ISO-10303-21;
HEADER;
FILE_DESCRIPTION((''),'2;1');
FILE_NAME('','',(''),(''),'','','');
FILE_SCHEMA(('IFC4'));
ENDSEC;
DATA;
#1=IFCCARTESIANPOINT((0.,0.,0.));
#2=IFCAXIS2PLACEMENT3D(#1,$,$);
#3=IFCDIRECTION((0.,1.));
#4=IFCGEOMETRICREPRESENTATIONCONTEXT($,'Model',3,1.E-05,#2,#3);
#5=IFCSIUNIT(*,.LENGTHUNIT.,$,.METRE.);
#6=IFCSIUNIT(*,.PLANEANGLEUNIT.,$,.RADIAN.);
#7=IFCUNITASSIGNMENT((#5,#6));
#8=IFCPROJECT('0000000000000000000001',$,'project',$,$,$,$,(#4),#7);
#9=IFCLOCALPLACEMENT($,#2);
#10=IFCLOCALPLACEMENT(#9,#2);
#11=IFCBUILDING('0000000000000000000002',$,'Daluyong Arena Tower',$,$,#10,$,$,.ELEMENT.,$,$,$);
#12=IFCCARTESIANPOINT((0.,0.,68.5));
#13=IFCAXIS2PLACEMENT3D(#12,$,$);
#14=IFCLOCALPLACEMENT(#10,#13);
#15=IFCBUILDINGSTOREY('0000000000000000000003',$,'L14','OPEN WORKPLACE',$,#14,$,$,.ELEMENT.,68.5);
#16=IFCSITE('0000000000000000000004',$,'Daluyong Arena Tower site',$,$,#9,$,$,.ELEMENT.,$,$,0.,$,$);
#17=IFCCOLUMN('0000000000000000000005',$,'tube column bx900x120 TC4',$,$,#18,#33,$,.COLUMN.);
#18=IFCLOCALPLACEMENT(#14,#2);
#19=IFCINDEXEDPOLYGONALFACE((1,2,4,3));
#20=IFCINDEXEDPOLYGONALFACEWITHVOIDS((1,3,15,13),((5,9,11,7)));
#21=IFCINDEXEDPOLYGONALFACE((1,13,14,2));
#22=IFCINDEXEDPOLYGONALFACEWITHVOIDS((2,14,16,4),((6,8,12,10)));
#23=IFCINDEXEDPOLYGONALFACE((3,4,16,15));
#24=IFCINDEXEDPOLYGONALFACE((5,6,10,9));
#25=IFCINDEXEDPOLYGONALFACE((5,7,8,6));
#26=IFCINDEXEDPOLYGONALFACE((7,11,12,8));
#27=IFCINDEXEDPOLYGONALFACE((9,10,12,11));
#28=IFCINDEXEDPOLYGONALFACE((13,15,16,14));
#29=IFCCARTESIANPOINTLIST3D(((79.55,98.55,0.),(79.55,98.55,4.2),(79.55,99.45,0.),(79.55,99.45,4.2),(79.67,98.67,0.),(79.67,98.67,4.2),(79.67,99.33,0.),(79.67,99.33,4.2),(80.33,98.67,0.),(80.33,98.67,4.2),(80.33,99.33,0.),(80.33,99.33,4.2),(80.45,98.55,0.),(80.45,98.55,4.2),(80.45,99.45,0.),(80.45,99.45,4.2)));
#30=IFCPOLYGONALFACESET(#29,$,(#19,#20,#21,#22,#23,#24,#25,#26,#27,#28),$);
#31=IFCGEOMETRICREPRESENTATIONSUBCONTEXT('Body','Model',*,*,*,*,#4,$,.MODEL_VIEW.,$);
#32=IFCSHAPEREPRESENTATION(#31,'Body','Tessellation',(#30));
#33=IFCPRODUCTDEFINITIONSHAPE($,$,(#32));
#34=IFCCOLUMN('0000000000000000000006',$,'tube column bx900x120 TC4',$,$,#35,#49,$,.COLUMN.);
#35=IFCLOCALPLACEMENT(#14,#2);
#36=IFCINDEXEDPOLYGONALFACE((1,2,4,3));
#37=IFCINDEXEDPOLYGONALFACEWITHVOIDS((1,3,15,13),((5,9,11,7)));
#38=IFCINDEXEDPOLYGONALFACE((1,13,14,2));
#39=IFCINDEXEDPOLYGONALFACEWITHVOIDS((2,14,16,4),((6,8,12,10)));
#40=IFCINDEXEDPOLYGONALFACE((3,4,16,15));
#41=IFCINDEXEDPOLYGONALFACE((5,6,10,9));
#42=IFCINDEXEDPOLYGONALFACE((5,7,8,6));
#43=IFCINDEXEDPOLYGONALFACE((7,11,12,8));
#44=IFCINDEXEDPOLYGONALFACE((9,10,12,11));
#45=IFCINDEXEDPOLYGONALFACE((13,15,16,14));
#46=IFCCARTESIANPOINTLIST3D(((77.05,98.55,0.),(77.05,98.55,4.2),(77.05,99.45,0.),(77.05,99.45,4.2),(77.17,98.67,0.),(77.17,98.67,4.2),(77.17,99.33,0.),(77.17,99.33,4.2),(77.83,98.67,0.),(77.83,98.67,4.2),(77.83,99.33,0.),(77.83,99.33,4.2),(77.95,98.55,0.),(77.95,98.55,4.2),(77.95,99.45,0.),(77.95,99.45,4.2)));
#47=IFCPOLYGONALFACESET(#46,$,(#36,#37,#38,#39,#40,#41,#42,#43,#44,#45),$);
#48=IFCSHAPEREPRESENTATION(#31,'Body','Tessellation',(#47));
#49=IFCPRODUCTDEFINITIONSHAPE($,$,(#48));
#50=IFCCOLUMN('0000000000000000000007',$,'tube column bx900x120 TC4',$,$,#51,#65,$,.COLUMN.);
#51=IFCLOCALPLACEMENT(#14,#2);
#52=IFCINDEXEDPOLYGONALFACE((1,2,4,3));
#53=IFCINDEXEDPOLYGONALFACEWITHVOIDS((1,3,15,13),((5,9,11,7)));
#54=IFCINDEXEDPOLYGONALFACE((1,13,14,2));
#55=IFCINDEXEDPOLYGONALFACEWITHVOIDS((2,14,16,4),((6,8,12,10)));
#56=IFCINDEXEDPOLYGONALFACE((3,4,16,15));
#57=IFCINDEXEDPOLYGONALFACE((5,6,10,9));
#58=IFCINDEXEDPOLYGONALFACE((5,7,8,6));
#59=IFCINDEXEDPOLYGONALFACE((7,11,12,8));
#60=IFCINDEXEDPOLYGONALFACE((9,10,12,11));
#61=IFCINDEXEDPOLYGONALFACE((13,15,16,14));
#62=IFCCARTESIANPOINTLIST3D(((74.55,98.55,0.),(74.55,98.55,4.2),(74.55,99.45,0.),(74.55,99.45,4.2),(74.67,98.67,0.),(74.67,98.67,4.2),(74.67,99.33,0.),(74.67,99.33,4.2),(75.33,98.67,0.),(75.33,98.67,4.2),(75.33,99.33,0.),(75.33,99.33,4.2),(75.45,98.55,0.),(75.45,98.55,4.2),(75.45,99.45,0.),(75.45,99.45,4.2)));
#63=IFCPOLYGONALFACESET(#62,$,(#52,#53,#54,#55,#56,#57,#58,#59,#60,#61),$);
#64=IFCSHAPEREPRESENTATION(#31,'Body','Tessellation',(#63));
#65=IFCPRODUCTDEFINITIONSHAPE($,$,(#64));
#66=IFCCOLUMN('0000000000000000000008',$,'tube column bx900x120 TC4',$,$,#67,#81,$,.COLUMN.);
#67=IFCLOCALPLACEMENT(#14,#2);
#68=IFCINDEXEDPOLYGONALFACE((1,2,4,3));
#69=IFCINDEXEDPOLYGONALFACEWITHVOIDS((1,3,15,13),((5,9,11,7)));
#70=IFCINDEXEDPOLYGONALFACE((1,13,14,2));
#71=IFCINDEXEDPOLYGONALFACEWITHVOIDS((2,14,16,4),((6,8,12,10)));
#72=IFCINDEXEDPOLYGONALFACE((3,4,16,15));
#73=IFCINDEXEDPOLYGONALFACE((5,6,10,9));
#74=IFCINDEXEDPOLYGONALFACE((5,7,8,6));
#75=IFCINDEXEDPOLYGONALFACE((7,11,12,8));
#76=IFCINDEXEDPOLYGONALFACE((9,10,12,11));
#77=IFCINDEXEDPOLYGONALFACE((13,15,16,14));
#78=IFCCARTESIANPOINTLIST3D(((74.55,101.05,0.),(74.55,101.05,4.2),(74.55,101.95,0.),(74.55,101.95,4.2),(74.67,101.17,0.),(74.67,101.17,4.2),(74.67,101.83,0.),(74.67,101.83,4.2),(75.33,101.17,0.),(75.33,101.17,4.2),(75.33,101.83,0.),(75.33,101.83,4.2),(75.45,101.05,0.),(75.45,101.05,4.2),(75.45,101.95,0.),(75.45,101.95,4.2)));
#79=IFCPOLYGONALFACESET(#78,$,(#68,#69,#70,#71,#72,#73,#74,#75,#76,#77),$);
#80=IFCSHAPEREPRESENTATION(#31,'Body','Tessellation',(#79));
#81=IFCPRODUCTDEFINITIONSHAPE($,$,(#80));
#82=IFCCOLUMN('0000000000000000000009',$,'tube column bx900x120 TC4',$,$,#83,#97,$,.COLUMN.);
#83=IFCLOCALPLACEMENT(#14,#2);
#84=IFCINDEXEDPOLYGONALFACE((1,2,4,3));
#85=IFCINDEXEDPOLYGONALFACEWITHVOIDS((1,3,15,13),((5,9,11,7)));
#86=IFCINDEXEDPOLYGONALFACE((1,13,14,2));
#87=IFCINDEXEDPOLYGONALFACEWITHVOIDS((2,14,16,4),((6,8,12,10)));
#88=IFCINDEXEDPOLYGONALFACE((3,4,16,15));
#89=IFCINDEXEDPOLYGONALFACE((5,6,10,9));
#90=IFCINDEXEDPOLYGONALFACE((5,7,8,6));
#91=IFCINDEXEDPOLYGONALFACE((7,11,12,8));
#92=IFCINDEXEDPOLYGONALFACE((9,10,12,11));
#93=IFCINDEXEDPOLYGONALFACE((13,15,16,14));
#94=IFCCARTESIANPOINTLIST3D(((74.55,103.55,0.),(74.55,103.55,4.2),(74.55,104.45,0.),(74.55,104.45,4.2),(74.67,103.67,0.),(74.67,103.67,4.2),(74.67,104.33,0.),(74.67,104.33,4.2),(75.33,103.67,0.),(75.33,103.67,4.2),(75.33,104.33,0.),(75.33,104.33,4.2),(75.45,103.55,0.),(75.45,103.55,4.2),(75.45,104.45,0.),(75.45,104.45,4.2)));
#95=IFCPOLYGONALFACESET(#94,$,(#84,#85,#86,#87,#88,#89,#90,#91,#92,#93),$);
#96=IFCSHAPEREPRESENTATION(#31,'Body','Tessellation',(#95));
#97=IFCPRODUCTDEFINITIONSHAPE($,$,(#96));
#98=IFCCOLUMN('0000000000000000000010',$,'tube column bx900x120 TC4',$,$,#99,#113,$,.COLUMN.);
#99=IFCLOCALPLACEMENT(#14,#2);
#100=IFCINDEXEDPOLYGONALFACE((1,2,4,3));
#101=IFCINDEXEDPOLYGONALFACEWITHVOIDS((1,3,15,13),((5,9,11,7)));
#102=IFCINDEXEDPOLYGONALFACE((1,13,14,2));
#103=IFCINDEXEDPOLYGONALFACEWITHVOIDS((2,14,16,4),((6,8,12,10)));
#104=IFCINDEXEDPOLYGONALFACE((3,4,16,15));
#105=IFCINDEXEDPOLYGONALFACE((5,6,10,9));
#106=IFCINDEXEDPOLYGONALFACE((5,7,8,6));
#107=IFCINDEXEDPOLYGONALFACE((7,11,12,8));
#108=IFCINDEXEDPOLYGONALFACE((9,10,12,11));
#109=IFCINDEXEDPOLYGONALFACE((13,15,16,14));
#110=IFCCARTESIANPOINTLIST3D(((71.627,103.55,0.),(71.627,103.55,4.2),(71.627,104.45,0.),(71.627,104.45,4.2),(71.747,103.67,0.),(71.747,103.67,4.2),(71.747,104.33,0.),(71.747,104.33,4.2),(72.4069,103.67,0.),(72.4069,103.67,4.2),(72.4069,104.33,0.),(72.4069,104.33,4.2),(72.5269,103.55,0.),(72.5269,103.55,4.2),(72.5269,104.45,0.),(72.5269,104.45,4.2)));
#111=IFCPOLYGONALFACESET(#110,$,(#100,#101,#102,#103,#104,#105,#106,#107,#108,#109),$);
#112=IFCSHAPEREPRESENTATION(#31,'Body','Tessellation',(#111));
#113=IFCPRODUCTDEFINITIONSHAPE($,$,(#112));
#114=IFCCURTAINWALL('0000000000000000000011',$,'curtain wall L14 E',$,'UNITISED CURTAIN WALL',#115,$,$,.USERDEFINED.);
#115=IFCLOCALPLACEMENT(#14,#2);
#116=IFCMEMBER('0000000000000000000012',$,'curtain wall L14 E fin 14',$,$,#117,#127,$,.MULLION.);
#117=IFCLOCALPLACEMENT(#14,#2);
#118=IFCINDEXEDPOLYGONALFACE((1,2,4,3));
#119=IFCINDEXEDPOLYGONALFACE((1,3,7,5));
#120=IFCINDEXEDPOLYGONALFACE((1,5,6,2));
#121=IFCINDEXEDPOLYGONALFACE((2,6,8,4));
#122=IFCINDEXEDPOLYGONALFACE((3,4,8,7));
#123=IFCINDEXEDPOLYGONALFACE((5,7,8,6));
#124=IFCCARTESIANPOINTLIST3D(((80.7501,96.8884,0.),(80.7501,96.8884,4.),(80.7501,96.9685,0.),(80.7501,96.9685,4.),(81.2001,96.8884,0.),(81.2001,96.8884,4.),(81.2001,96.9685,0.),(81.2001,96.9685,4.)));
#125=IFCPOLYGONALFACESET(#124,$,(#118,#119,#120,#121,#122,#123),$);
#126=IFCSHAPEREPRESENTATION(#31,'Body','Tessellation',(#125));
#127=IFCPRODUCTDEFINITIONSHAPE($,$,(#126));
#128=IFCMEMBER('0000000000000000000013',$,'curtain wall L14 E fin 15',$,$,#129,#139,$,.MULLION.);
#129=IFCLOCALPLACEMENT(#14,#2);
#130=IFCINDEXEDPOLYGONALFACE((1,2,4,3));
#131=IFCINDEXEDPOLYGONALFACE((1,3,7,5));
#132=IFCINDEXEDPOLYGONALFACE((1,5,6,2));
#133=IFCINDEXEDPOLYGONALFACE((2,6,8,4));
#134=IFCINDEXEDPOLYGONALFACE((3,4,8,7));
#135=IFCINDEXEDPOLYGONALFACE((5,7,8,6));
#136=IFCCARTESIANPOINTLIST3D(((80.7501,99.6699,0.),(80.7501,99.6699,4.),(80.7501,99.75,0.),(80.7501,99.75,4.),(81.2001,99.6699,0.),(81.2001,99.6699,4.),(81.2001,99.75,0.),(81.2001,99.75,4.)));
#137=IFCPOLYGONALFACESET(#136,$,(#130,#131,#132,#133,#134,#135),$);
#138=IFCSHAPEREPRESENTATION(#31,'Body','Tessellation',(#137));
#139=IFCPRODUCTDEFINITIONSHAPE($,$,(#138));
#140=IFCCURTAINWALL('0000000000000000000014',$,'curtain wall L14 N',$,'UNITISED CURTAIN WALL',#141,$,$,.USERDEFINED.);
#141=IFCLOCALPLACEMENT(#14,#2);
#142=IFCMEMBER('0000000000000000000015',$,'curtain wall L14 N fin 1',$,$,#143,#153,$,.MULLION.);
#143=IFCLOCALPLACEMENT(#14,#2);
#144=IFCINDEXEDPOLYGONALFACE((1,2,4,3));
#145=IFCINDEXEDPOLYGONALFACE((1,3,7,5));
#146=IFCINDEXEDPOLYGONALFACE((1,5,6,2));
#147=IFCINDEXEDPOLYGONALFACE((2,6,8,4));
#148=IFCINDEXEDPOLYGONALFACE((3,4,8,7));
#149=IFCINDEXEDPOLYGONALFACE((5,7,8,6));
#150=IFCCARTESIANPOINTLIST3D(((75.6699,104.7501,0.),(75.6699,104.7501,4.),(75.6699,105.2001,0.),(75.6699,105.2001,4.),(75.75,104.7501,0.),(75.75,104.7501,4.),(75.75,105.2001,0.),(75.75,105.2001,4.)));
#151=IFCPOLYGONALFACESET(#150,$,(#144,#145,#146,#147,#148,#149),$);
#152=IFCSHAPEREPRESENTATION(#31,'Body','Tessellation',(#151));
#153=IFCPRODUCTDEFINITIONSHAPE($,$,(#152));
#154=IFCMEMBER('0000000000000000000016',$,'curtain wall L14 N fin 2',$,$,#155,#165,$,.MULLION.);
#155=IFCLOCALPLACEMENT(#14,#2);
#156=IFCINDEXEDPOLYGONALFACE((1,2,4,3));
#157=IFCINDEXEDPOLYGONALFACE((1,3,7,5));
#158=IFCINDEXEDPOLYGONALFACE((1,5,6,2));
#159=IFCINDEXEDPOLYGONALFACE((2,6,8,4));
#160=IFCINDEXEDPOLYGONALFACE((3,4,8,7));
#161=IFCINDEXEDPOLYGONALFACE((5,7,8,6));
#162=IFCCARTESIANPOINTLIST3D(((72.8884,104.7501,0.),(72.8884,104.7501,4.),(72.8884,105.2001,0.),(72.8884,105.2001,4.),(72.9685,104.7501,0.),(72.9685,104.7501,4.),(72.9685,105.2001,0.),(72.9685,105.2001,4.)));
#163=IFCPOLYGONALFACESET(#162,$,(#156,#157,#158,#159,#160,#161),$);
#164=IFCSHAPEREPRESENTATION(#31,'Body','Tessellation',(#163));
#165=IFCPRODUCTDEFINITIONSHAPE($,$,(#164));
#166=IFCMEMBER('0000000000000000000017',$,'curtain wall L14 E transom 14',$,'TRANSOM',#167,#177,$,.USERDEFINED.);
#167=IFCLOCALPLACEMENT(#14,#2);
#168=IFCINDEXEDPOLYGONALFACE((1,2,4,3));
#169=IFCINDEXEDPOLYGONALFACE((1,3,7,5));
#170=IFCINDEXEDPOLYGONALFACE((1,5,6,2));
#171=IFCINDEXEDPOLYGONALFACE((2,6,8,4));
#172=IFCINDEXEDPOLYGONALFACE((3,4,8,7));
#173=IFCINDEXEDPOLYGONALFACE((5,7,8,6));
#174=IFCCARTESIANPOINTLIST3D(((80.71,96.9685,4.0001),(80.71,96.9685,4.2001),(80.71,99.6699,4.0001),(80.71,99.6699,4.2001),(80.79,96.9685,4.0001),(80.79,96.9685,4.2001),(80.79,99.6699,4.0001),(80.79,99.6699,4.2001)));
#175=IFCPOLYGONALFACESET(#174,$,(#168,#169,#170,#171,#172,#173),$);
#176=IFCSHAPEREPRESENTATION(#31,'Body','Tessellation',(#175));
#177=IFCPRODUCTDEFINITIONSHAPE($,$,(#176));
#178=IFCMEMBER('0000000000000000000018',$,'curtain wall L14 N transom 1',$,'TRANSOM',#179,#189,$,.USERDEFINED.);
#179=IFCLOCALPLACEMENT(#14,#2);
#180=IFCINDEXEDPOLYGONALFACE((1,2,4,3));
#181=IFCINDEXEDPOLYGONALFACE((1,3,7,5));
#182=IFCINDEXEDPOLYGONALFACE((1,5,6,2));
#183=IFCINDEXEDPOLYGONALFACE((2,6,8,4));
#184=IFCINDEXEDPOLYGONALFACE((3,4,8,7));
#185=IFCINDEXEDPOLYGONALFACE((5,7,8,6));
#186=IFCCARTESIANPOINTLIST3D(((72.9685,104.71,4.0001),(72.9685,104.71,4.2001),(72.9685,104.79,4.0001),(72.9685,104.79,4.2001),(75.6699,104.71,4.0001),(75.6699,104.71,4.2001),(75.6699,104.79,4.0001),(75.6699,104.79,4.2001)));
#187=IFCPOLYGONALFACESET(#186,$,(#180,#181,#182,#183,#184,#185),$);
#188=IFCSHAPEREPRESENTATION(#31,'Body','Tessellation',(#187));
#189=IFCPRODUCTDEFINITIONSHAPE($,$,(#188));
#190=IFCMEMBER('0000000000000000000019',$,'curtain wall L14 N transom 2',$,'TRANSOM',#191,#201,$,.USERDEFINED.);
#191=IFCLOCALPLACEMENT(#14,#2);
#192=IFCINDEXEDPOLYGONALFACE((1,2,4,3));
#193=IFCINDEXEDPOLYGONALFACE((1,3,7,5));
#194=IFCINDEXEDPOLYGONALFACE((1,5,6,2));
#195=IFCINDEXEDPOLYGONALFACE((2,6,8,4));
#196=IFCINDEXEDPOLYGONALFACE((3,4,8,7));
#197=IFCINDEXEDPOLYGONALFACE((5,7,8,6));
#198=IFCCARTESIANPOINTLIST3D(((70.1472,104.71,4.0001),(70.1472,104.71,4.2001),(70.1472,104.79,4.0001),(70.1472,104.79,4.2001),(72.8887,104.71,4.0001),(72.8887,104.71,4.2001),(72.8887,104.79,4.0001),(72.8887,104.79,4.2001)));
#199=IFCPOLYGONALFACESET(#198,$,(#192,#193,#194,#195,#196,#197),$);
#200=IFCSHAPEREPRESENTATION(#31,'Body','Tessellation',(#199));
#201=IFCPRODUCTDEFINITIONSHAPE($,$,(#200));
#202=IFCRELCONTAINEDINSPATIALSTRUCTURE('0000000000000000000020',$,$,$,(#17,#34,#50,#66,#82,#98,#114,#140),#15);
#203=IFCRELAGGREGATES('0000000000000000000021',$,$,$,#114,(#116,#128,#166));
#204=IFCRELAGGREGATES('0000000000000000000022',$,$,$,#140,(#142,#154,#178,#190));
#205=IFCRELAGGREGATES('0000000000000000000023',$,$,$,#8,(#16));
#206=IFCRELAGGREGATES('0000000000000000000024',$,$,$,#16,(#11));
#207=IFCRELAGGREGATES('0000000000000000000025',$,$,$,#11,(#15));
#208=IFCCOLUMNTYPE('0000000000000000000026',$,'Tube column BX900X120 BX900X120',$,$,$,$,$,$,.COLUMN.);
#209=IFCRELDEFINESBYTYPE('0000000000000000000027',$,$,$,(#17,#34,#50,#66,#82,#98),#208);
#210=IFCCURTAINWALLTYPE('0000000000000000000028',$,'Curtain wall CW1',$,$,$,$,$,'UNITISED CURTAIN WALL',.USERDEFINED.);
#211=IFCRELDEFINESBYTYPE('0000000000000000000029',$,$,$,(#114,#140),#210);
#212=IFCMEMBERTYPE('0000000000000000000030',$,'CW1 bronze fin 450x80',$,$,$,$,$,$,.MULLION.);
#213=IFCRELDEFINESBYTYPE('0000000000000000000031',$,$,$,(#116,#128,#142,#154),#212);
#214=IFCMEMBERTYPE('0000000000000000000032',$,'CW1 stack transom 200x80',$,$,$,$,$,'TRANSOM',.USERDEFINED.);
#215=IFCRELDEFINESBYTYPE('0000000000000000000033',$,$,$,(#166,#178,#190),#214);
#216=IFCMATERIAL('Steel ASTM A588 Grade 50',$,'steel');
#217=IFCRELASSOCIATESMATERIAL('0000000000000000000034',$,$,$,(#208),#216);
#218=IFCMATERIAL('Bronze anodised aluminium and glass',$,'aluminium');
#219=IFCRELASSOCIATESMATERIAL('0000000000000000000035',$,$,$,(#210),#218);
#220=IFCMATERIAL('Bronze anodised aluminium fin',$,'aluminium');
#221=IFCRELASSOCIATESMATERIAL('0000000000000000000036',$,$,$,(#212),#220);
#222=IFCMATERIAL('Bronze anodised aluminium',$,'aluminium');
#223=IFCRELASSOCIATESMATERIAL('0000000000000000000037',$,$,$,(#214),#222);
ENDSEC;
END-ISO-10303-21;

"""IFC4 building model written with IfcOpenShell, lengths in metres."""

from ifc_helpers import new_model, si_unit, direction, frame, origin, origin_2d, place, context, subcontext, project, spatial, rectangle, hollow_rectangle, extrude, material, material_profile, profile_set, type_object, element, aggregate, save


model = new_model("IFC4")

# Units and contexts
model_context = context("Model", 3, precision=1e-05, world=origin(), true_north=direction((0.0, 1.0)))
body_context = subcontext(model_context, "Body", "Model", "MODEL_VIEW")
ifc_project = project(units=[si_unit("LENGTHUNIT", "METRE"), si_unit("PLANEANGLEUNIT", "RADIAN")], contexts=[model_context])

# Site, building, storey
site_placement = place(None, origin())
site = spatial("IfcSite", under=ifc_project, at=site_placement, Name="Daluyong Arena Tower site", CompositionType="ELEMENT", RefElevation=0.0)
building_placement = place(site_placement, origin())
building = spatial("IfcBuilding", under=site, at=building_placement, Name="Daluyong Arena Tower", CompositionType="ELEMENT")
storey_placement = place(building_placement, frame((0.0, 0.0, 68.5)))
storey = spatial("IfcBuildingStorey", under=building, at=storey_placement, Name="L14", Description="OPEN WORKPLACE", CompositionType="ELEMENT", Elevation=68.5)

# Columns
ifc_material_1 = material(Name="Steel ASTM A588 Grade 50", Category="steel")
ifc_material_profile_1 = material_profile(ifc_material_1, hollow_rectangle(XDim=0.8999, YDim=0.8999, WallThickness=0.12, at=origin_2d()))
ifc_profile_set_1 = profile_set([ifc_material_profile_1], Name="Steel ASTM A588 Grade 50")
column_type = type_object("IfcColumnType", Name="Tube column BX900X120 BX900X120", PredefinedType="COLUMN", material=ifc_profile_set_1)
for number, where, z_axis, x_axis, name in (
    (1, (80.0, 99.0, 0.0), (0.0, 0.0, 1.0), (1.0, 0.0, 0.0), "tube column bx900x120 TC4"),
    (2, (77.5, 99.0, 0.0), (0.0, 0.0, 1.0), (1.0, 0.0, 0.0), "tube column bx900x120 TC4"),
    (3, (75.0, 99.0, 0.0), (0.0, 0.0, 1.0), (0.0, 1.0, 0.0), "tube column bx900x120 TC4"),
    (4, (75.0, 101.5, 0.0), (0.0, 0.0, 1.0), (0.0, 1.0, 0.0), "tube column bx900x120 TC4"),
    (5, (75.0, 104.0, 0.0), (0.0, 0.0, 1.0), (1.0, 0.0, 0.0), "tube column bx900x120 TC4"),
    (6, (72.0769, 104.0, 0.0), (0.0, 0.0, 1.0), (1.0, 0.0, 0.0), "tube column bx900x120 TC4"),
):
    element("IfcColumn", number, at=place(storey_placement, frame(where, z_axis=z_axis, x_axis=x_axis)), inside=storey, type_object=column_type, Name=name, PredefinedType="COLUMN", context=body_context, shape_type="SweptSolid", body=[
        extrude(hollow_rectangle(XDim=0.8999, YDim=0.8999, WallThickness=0.12, at=origin_2d()), origin(), (0.0, 0.0, 1.0), 4.2),
    ])

# Curtain walls, members
ifc_material_2 = material(Name="Bronze anodised aluminium and glass", Category="aluminium")
curtain_wall_type_1 = type_object("IfcCurtainWallType", Name="Curtain wall CW1", ElementType="UNITISED CURTAIN WALL", PredefinedType="USERDEFINED", material=ifc_material_2)
curtain_wall_1_placement = place(storey_placement, origin())
curtain_wall_1 = element("IfcCurtainWall", 7, at=curtain_wall_1_placement, inside=storey, type_object=curtain_wall_type_1, Name="curtain wall L14 E", ObjectType="UNITISED CURTAIN WALL", PredefinedType="USERDEFINED")
ifc_material_3 = material(Name="Bronze anodised aluminium fin", Category="aluminium")
ifc_material_profile_2 = material_profile(ifc_material_3, rectangle(XDim=0.45, YDim=0.0801, at=origin_2d()))
ifc_profile_set_2 = profile_set([ifc_material_profile_2], Name="Bronze anodised aluminium fin")
member_type_1 = type_object("IfcMemberType", Name="CW1 bronze fin 450x80", PredefinedType="MULLION", material=ifc_profile_set_2)
member_1_placement = place(storey_placement, frame((80.9751, 96.9285, 0.0), z_axis=(0.0, 0.0, 1.0), x_axis=(-1.0, 0.0, 0.0)))
member_1 = element("IfcMember", 8, at=member_1_placement, type_object=member_type_1, Name="curtain wall L14 E fin 14", PredefinedType="MULLION", context=body_context, shape_type="SweptSolid", body=[
    extrude(rectangle(XDim=0.45, YDim=0.0801, at=origin_2d()), origin(), (0.0, 0.0, 1.0), 4.0),
])
member_2_placement = place(storey_placement, frame((80.9751, 99.71, 0.0), z_axis=(0.0, 0.0, 1.0), x_axis=(-1.0, 0.0, 0.0)))
member_2 = element("IfcMember", 9, at=member_2_placement, type_object=member_type_1, Name="curtain wall L14 E fin 15", PredefinedType="MULLION", context=body_context, shape_type="SweptSolid", body=[
    extrude(rectangle(XDim=0.45, YDim=0.0801, at=origin_2d()), origin(), (0.0, 0.0, 1.0), 4.0),
])
curtain_wall_2_placement = place(storey_placement, origin())
curtain_wall_2 = element("IfcCurtainWall", 10, at=curtain_wall_2_placement, inside=storey, type_object=curtain_wall_type_1, Name="curtain wall L14 N", ObjectType="UNITISED CURTAIN WALL", PredefinedType="USERDEFINED")
member_3_placement = place(storey_placement, frame((75.71, 104.9751, 0.0), z_axis=(0.0, 0.0, 1.0), x_axis=(0.0, -1.0, 0.0)))
member_3 = element("IfcMember", 11, at=member_3_placement, type_object=member_type_1, Name="curtain wall L14 N fin 1", PredefinedType="MULLION", context=body_context, shape_type="SweptSolid", body=[
    extrude(rectangle(XDim=0.45, YDim=0.0801, at=origin_2d()), origin(), (0.0, 0.0, 1.0), 4.0),
])
member_4_placement = place(storey_placement, frame((72.9285, 104.9751, 0.0), z_axis=(0.0, 0.0, 1.0), x_axis=(0.0, -1.0, 0.0)))
member_4 = element("IfcMember", 12, at=member_4_placement, type_object=member_type_1, Name="curtain wall L14 N fin 2", PredefinedType="MULLION", context=body_context, shape_type="SweptSolid", body=[
    extrude(rectangle(XDim=0.45, YDim=0.0801, at=origin_2d()), origin(), (0.0, 0.0, 1.0), 4.0),
])

# Members
ifc_material_4 = material(Name="Bronze anodised aluminium", Category="aluminium")
ifc_material_profile_3 = material_profile(ifc_material_4, rectangle(XDim=0.0801, YDim=0.2, at=origin_2d()))
ifc_profile_set_3 = profile_set([ifc_material_profile_3], Name="Bronze anodised aluminium")
member_type_2 = type_object("IfcMemberType", Name="CW1 stack transom 200x80", ElementType="TRANSOM", PredefinedType="USERDEFINED", material=ifc_profile_set_3)
member_5_placement = place(storey_placement, frame((80.75, 96.9685, 4.1001), z_axis=(0.0, 1.0, 0.0), x_axis=(-1.0, 0.0, 0.0)))
member_5 = element("IfcMember", 13, at=member_5_placement, type_object=member_type_2, Name="curtain wall L14 E transom 14", ObjectType="TRANSOM", PredefinedType="USERDEFINED", context=body_context, shape_type="SweptSolid", body=[
    extrude(rectangle(XDim=0.0801, YDim=0.2, at=origin_2d()), origin(), (0.0, 0.0, 1.0), 2.7014),
])
member_6_placement = place(storey_placement, frame((75.6699, 104.75, 4.1001), z_axis=(-1.0, 0.0, 0.0), x_axis=(0.0, -1.0, 0.0)))
member_6 = element("IfcMember", 14, at=member_6_placement, type_object=member_type_2, Name="curtain wall L14 N transom 1", ObjectType="TRANSOM", PredefinedType="USERDEFINED", context=body_context, shape_type="SweptSolid", body=[
    extrude(rectangle(XDim=0.0801, YDim=0.2, at=origin_2d()), origin(), (0.0, 0.0, 1.0), 2.7014),
])
member_7_placement = place(storey_placement, frame((72.8887, 104.75, 4.1001), z_axis=(-1.0, 0.0, 0.0), x_axis=(0.0, -1.0, 0.0)))
member_7 = element("IfcMember", 15, at=member_7_placement, type_object=member_type_2, Name="curtain wall L14 N transom 2", ObjectType="TRANSOM", PredefinedType="USERDEFINED", context=body_context, shape_type="SweptSolid", body=[
    extrude(rectangle(XDim=0.0801, YDim=0.2, at=origin_2d()), origin(), (0.0, 0.0, 1.0), 2.7415),
])

aggregate(curtain_wall_1, [member_1, member_2, member_5])
aggregate(curtain_wall_2, [member_3, member_4, member_6, member_7])

save(model, "model.ifc")
